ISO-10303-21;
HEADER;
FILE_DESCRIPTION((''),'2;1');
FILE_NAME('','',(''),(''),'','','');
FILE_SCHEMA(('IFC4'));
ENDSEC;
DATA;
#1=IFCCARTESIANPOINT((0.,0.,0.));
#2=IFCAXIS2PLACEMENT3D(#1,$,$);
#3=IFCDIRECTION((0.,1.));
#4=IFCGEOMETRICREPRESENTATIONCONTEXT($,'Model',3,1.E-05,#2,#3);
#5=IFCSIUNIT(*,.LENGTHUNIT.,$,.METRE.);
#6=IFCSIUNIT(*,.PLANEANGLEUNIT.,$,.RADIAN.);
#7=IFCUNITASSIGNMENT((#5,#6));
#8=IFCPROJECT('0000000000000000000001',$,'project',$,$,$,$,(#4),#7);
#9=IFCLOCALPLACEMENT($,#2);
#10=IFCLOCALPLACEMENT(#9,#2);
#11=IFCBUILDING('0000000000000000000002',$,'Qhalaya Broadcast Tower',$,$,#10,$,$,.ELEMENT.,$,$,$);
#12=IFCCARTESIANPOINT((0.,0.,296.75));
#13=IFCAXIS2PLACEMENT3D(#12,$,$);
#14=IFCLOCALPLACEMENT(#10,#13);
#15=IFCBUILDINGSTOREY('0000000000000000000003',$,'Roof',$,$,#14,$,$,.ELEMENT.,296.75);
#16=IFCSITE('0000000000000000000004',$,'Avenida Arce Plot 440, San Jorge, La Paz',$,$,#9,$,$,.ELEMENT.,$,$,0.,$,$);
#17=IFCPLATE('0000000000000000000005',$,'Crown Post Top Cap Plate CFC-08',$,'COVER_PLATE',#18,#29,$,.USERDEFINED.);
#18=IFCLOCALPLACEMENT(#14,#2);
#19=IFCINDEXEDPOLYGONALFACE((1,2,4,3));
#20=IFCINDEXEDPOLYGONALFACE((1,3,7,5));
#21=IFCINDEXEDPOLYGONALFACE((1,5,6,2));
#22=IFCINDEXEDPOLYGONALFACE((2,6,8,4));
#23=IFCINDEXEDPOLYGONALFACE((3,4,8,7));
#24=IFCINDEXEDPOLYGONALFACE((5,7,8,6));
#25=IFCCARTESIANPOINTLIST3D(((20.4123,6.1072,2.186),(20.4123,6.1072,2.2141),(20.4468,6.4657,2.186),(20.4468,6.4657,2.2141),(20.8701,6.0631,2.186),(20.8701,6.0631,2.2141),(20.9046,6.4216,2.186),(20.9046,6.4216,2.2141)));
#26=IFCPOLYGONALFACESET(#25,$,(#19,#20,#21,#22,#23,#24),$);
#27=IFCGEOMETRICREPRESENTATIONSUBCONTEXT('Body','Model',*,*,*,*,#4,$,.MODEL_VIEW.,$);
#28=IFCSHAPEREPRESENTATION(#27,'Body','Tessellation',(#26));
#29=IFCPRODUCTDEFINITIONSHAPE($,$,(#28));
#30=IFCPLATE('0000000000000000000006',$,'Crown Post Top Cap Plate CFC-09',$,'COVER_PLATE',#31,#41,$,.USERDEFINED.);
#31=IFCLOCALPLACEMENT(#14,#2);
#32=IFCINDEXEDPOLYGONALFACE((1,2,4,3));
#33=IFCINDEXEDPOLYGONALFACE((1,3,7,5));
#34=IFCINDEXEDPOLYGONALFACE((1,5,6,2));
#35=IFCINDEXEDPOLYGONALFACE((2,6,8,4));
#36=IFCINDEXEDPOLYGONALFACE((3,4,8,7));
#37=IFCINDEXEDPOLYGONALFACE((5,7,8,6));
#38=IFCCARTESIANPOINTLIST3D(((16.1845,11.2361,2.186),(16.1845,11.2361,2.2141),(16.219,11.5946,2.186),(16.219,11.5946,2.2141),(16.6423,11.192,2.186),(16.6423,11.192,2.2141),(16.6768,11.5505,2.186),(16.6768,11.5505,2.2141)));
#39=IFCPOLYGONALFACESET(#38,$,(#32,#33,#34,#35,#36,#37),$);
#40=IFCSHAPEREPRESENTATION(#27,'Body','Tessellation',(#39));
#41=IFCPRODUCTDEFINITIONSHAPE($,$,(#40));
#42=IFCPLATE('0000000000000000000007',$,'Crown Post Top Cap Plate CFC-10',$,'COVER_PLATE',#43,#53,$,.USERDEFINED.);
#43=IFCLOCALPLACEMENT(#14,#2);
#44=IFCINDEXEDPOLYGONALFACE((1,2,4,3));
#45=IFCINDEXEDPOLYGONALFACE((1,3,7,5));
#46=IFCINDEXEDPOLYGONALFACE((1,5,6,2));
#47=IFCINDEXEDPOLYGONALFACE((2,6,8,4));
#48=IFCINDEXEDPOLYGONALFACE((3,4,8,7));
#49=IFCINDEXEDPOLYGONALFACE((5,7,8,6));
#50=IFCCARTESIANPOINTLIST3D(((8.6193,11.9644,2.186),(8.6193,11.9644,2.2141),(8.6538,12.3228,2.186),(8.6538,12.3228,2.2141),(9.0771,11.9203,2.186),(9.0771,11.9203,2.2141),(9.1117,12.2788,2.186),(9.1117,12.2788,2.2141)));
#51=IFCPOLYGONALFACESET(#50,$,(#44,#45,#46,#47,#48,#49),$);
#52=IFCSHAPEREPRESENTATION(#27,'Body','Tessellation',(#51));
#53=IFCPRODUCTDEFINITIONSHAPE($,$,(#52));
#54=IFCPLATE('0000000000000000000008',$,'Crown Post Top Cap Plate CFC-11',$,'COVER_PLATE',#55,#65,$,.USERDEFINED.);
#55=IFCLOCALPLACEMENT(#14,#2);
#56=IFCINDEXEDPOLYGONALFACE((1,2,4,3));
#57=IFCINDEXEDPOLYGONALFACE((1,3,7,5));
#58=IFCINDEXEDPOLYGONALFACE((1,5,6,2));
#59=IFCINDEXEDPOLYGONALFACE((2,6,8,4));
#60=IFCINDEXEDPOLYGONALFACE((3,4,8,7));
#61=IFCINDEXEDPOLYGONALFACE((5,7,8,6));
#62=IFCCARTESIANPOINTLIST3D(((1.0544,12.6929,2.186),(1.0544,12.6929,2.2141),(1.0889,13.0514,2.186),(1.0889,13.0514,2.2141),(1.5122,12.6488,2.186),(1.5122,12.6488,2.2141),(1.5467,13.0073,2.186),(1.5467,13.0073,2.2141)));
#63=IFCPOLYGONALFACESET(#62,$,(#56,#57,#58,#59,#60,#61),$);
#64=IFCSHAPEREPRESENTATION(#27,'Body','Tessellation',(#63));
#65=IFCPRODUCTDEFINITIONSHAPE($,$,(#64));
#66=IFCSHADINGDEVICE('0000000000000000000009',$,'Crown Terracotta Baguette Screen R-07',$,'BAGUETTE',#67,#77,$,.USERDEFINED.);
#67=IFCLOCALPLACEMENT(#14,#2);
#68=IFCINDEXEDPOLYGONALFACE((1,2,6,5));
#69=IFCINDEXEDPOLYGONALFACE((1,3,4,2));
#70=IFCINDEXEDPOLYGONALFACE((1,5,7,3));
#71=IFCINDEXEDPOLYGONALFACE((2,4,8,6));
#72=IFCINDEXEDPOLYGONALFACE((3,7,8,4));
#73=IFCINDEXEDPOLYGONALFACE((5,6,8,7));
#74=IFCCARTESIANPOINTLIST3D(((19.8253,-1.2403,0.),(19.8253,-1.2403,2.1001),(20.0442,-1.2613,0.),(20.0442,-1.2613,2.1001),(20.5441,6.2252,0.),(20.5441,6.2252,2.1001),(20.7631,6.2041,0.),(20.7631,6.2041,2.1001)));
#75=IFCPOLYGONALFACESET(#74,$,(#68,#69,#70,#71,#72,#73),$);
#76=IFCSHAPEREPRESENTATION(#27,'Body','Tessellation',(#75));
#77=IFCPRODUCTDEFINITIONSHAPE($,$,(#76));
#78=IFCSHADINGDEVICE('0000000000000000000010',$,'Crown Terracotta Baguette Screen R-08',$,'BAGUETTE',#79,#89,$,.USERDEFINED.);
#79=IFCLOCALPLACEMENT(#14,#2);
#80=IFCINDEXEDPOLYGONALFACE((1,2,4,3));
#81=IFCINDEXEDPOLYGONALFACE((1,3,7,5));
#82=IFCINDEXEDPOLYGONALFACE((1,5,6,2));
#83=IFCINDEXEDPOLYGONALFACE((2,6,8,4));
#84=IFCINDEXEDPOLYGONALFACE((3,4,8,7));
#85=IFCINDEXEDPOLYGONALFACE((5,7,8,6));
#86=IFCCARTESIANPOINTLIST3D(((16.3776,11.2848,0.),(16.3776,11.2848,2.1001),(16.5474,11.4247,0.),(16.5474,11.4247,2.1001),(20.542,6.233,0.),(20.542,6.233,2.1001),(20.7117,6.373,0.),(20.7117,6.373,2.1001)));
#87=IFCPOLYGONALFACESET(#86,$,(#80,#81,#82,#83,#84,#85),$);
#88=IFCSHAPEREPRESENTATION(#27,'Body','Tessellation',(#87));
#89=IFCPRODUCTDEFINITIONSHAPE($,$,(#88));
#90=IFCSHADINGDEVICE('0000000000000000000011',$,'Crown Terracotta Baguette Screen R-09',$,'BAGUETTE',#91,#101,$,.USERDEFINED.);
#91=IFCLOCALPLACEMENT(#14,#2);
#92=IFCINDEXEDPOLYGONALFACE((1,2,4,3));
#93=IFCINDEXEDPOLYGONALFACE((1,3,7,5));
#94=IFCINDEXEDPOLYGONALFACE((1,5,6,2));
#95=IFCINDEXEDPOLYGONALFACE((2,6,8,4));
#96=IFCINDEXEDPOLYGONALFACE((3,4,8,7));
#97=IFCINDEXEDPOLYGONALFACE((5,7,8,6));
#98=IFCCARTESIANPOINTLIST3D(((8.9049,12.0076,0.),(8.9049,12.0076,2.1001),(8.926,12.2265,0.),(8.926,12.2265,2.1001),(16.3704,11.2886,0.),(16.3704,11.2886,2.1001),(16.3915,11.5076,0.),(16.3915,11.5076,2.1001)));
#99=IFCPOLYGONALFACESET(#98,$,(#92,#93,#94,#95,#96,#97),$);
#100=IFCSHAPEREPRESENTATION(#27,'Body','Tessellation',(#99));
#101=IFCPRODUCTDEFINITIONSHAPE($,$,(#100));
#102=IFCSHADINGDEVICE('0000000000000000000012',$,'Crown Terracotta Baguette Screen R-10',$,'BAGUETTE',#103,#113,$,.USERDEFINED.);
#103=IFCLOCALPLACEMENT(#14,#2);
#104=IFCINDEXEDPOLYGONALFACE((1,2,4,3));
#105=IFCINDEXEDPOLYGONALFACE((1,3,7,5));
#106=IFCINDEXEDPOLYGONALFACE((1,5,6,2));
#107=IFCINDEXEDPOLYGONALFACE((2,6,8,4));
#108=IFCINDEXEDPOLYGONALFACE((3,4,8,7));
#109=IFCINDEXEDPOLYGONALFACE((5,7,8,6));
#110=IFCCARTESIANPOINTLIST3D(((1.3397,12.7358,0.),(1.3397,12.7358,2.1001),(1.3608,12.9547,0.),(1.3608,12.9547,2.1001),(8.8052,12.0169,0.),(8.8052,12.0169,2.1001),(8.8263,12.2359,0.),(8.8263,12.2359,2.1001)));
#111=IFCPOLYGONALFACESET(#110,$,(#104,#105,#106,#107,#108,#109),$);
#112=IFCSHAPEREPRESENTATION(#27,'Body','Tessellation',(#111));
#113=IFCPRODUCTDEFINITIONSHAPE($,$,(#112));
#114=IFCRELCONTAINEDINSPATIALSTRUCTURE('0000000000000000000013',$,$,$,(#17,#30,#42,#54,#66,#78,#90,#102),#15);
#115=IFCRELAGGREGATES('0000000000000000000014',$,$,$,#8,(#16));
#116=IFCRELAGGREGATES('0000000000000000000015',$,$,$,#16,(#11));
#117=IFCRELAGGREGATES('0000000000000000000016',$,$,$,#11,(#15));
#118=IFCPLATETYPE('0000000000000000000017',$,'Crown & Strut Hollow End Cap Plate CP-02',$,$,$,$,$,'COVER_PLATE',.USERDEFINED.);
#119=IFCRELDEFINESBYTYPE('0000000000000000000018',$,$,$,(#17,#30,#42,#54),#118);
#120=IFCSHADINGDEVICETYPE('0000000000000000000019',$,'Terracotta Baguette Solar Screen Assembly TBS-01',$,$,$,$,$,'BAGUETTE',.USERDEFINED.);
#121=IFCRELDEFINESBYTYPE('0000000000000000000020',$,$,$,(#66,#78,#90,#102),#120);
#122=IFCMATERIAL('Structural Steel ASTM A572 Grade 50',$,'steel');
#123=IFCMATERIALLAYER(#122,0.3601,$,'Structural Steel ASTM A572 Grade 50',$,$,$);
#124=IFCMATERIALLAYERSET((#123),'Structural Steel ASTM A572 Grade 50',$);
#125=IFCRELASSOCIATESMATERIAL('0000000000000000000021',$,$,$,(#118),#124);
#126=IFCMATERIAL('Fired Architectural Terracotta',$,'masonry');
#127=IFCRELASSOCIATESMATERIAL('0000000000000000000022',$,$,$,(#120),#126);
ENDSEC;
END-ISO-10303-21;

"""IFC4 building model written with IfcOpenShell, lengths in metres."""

from ifc_helpers import new_model, si_unit, direction, frame, origin, origin_2d, place, context, subcontext, project, spatial, rectangle, extrude, material, layer, layer_set, type_object, element, save


model = new_model("IFC4")

# Units and contexts
model_context = context("Model", 3, precision=1e-05, world=origin(), true_north=direction((0.0, 1.0)))
body_context = subcontext(model_context, "Body", "Model", "MODEL_VIEW")
ifc_project = project(units=[si_unit("LENGTHUNIT", "METRE"), si_unit("PLANEANGLEUNIT", "RADIAN")], contexts=[model_context])

# Site, building, storey
site_placement = place(None, origin())
site = spatial("IfcSite", under=ifc_project, at=site_placement, Name="Avenida Arce Plot 440, San Jorge, La Paz", CompositionType="ELEMENT", RefElevation=0.0)
building_placement = place(site_placement, origin())
building = spatial("IfcBuilding", under=site, at=building_placement, Name="Qhalaya Broadcast Tower", CompositionType="ELEMENT")
storey_placement = place(building_placement, frame((0.0, 0.0, 296.75)))
storey = spatial("IfcBuildingStorey", under=building, at=storey_placement, Name="Roof", CompositionType="ELEMENT", Elevation=296.75)

# Shared definitions
ifc_material_1 = material(Name="Structural Steel ASTM A572 Grade 50", Category="steel")

# Plates
ifc_layer = layer(ifc_material_1, 0.3601, Name="Structural Steel ASTM A572 Grade 50")
ifc_layer_set = layer_set([ifc_layer], Name="Structural Steel ASTM A572 Grade 50")
plate_type = type_object("IfcPlateType", Name="Crown & Strut Hollow End Cap Plate CP-02", ElementType="COVER_PLATE", PredefinedType="USERDEFINED", material=ifc_layer_set)
for number, where, z_axis, x_axis, name in (
    (1, (20.6584, 6.2644, 2.186), (0.0, 0.0, 1.0), (0.995396, -0.095846, 0.0), "Crown Post Top Cap Plate CFC-08"),
    (2, (16.4307, 11.3933, 2.186), (0.0, 0.0, 1.0), (0.995396, -0.095846, 0.0), "Crown Post Top Cap Plate CFC-09"),
    (3, (8.8655, 12.1216, 2.186), (0.0, 0.0, 1.0), (0.995396, -0.095846, 0.0), "Crown Post Top Cap Plate CFC-10"),
    (4, (1.3005, 12.8501, 2.186), (0.0, 0.0, 1.0), (0.995396, -0.095846, 0.0), "Crown Post Top Cap Plate CFC-11"),
):
    element("IfcPlate", number, at=place(storey_placement, frame(where, z_axis=z_axis, x_axis=x_axis)), inside=storey, type_object=plate_type, Name=name, ObjectType="COVER_PLATE", PredefinedType="USERDEFINED", context=body_context, shape_type="SweptSolid", body=[
        extrude(rectangle(XDim=0.46, YDim=0.3601, at=origin_2d()), origin(), (0.0, 0.0, 1.0), 0.0281),
    ])

# Shading devices
ifc_material_2 = material(Name="Fired Architectural Terracotta", Category="masonry")
shading_device_type = type_object("IfcShadingDeviceType", Name="Terracotta Baguette Solar Screen Assembly TBS-01", ElementType="BAGUETTE", PredefinedType="USERDEFINED", material=ifc_material_2)
shading_device_1_placement = place(storey_placement, frame((20.2942, 2.4819, 0.0), z_axis=(0.0, 0.0, 1.0), x_axis=(0.095846, 0.995396, 0.0)))
element("IfcShadingDevice", 5, at=shading_device_1_placement, inside=storey, type_object=shading_device_type, Name="Crown Terracotta Baguette Screen R-07", ObjectType="BAGUETTE", PredefinedType="USERDEFINED", context=body_context, shape_type="SweptSolid", body=[
    extrude(rectangle(XDim=7.5, YDim=0.22, at=origin_2d()), origin(), (0.0, 0.0, 1.0), 2.1001),
])
shading_device_2_placement = place(storey_placement, frame((18.5447, 8.8289, 0.0), z_axis=(0.0, 0.0, 1.0), x_axis=(-0.636078, 0.771625, 0.0)))
element("IfcShadingDevice", 6, at=shading_device_2_placement, inside=storey, type_object=shading_device_type, Name="Crown Terracotta Baguette Screen R-08", ObjectType="BAGUETTE", PredefinedType="USERDEFINED", context=body_context, shape_type="SweptSolid", body=[
    extrude(rectangle(XDim=6.5469, YDim=0.22, at=origin_2d()), origin(), (0.0, 0.0, 1.0), 2.1001),
])
for number, where, z_axis, x_axis, name in (
    (7, (12.6482, 11.7576, 0.0), (0.0, 0.0, 1.0), (-0.995395, 0.095863, 0.0), "Crown Terracotta Baguette Screen R-09"),
    (8, (5.083, 12.4858, 0.0), (0.0, 0.0, 1.0), (-0.995396, 0.095846, 0.0), "Crown Terracotta Baguette Screen R-10"),
):
    element("IfcShadingDevice", number, at=place(storey_placement, frame(where, z_axis=z_axis, x_axis=x_axis)), inside=storey, type_object=shading_device_type, Name=name, ObjectType="BAGUETTE", PredefinedType="USERDEFINED", context=body_context, shape_type="SweptSolid", body=[
        extrude(rectangle(XDim=7.5, YDim=0.22, at=origin_2d()), origin(), (0.0, 0.0, 1.0), 2.1001),
    ])

save(model, "model.ifc")
